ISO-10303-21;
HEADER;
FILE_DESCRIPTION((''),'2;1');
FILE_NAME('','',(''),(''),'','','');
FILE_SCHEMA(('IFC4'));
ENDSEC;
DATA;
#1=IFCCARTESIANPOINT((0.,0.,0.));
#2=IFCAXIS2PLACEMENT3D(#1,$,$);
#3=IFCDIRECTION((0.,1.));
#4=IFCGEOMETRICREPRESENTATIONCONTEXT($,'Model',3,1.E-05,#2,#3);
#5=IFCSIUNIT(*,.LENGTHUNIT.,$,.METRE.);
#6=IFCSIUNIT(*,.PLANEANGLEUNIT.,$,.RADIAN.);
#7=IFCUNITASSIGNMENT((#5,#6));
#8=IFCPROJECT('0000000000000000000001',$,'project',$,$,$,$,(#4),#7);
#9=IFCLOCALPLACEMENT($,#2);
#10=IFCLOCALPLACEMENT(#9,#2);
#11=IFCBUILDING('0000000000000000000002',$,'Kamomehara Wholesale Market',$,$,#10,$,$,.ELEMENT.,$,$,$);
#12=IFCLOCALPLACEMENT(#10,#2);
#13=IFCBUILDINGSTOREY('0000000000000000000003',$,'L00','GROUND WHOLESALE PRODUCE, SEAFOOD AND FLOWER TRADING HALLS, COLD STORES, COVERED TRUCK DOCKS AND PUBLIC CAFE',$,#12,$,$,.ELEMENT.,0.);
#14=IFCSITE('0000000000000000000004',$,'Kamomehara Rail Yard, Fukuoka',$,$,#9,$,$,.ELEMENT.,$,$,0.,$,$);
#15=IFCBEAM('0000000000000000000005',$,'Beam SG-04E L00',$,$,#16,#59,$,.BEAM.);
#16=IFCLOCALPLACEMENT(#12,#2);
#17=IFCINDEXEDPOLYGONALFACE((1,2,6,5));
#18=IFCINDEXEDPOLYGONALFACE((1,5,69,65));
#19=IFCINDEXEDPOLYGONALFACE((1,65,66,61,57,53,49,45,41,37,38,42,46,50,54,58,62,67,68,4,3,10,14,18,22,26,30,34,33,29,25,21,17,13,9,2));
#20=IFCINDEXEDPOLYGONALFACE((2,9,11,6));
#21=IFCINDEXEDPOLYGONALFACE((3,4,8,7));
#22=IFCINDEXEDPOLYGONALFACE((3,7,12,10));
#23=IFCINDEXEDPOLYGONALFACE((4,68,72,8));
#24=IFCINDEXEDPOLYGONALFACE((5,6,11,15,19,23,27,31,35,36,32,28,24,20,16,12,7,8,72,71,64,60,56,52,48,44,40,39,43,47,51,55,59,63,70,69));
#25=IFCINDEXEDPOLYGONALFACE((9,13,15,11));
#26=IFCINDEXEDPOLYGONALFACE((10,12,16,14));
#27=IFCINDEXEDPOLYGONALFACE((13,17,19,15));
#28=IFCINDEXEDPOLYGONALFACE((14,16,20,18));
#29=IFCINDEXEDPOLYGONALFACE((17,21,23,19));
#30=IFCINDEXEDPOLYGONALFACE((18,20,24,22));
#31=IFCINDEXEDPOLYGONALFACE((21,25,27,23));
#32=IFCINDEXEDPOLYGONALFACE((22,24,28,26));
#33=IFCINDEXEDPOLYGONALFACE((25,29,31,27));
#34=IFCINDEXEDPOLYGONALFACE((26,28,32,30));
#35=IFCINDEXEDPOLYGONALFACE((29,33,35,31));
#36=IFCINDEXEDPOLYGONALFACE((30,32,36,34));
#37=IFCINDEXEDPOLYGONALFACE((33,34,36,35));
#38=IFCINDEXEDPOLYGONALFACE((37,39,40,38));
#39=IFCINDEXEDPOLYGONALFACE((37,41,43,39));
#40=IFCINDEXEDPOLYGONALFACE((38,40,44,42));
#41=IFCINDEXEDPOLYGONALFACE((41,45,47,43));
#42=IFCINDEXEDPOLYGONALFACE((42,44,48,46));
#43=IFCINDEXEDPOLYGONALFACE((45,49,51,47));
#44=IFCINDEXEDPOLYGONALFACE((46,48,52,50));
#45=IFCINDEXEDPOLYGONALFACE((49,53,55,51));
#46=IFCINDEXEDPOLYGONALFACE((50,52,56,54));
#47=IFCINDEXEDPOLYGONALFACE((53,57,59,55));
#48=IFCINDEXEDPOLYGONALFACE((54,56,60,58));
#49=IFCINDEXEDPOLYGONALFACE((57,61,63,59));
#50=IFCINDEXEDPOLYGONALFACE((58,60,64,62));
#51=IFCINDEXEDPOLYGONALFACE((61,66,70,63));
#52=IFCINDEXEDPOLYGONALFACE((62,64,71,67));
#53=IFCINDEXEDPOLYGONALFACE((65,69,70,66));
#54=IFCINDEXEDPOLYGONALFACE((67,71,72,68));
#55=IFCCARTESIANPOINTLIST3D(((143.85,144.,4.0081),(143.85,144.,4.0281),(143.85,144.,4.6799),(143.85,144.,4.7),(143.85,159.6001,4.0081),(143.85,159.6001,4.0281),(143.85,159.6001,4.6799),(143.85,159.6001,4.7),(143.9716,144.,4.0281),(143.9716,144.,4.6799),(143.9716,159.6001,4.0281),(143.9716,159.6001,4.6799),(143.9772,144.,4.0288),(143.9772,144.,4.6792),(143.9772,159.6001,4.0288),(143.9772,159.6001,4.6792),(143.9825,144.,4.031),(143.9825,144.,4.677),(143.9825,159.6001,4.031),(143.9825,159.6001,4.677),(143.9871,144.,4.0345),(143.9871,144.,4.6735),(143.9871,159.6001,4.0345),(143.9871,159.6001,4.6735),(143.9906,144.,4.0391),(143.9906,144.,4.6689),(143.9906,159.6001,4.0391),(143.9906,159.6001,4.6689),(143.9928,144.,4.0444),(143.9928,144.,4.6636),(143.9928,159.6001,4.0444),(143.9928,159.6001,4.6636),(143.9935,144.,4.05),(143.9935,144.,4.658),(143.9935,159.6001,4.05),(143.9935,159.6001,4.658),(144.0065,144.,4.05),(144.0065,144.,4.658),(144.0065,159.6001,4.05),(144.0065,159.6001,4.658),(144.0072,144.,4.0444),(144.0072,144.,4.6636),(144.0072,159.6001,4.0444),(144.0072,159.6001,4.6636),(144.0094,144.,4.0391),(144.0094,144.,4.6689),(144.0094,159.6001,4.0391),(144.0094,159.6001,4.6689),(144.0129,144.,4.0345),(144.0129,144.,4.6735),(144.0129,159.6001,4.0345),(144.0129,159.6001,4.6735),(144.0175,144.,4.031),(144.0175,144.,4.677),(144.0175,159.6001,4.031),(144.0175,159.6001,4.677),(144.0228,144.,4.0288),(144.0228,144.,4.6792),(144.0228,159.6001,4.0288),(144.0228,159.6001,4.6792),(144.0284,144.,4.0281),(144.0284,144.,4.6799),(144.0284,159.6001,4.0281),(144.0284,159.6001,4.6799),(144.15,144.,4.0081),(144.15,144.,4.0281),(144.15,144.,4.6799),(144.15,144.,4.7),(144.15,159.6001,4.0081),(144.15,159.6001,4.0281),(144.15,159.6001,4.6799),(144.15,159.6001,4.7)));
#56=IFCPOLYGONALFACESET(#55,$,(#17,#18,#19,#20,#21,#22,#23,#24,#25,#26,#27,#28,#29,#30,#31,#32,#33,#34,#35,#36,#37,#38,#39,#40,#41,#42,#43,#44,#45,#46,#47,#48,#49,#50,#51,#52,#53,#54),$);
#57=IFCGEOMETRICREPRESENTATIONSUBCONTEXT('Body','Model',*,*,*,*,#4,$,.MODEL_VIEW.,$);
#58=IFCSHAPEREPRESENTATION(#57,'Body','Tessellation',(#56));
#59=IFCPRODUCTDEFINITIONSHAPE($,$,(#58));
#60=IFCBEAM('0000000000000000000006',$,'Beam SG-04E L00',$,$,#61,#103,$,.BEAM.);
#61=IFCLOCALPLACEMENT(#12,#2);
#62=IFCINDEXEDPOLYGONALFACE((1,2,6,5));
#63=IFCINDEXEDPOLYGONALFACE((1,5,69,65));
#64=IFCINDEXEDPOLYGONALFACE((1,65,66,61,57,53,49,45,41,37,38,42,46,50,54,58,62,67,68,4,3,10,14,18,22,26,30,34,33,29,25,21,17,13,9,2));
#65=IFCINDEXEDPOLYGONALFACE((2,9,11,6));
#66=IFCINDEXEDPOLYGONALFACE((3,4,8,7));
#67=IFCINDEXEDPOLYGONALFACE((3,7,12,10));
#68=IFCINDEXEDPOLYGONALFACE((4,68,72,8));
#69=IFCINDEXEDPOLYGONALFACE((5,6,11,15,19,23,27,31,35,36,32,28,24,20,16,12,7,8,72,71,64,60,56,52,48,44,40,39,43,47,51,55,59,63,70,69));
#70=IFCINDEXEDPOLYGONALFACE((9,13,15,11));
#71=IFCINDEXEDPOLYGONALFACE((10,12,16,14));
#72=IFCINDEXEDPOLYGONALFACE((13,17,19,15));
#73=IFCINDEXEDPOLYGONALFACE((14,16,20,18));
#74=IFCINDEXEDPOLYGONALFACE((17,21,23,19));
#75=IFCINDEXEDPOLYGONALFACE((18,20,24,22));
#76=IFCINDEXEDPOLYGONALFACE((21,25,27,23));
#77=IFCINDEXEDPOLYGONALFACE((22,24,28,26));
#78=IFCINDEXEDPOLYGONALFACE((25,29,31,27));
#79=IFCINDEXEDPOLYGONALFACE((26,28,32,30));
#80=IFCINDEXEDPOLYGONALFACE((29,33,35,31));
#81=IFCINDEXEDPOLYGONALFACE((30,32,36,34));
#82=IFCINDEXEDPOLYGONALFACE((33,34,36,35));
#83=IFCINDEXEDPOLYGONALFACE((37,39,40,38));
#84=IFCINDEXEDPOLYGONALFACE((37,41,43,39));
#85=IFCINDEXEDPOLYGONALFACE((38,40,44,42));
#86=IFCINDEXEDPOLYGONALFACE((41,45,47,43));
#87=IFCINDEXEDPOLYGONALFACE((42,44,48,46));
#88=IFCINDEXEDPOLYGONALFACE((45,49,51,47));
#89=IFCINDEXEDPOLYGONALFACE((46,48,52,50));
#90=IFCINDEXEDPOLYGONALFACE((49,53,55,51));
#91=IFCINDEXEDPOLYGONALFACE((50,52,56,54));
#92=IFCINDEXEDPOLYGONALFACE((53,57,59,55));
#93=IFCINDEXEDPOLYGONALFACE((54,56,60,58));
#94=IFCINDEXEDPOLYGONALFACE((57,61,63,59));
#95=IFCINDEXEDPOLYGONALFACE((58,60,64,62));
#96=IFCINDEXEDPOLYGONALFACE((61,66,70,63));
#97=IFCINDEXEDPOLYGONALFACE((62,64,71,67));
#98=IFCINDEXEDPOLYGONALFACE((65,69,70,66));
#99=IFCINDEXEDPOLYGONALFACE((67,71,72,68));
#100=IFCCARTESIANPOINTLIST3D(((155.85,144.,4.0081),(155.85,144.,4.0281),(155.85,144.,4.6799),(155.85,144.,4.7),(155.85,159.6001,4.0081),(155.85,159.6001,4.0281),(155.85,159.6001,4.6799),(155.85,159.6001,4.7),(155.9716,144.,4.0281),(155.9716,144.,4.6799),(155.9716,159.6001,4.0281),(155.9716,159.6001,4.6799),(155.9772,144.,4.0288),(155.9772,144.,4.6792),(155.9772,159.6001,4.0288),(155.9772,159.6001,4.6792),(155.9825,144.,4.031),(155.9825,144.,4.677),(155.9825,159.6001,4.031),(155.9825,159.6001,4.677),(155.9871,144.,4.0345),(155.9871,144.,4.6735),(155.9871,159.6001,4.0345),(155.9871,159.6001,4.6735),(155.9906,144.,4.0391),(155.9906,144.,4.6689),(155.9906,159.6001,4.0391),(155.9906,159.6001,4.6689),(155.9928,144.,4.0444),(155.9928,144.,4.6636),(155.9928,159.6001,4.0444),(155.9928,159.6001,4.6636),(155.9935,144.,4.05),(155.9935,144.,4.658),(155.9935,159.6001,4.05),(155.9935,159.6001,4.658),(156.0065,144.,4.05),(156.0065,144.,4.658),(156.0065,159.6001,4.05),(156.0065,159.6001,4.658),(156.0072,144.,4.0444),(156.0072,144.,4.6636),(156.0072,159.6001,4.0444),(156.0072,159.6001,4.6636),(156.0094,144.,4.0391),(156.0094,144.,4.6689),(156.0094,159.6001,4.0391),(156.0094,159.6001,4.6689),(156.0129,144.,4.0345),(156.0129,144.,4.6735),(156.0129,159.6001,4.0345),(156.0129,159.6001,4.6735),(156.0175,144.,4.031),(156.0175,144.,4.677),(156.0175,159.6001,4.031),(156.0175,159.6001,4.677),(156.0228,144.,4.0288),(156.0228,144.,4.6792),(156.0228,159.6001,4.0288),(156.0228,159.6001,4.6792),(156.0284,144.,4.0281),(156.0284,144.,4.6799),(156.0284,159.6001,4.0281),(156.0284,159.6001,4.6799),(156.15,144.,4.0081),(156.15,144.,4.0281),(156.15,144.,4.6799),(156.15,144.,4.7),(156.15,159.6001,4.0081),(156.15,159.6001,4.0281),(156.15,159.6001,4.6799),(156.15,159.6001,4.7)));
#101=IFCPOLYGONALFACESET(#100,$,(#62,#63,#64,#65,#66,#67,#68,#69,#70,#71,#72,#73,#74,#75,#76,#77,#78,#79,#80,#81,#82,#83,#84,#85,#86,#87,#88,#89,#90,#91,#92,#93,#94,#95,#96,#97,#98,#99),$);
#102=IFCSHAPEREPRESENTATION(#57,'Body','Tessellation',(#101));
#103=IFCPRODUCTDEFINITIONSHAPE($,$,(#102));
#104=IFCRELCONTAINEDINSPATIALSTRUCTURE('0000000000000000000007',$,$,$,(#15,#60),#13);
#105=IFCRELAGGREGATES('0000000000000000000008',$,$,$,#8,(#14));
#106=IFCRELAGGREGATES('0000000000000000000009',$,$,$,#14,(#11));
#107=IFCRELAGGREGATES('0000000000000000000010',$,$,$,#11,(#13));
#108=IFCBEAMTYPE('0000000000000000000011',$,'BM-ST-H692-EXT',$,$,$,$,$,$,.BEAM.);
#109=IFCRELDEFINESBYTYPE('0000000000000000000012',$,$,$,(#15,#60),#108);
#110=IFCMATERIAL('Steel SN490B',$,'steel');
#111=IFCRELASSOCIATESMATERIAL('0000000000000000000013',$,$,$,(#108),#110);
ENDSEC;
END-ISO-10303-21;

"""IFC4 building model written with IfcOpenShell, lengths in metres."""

from ifc_helpers import new_model, si_unit, direction, frame, origin, origin_2d, place, context, subcontext, project, spatial, i_section, extrude, material, material_profile, profile_set, type_object, element, save


model = new_model("IFC4")

# Units and contexts
model_context = context("Model", 3, precision=1e-05, world=origin(), true_north=direction((0.0, 1.0)))
body_context = subcontext(model_context, "Body", "Model", "MODEL_VIEW")
ifc_project = project(units=[si_unit("LENGTHUNIT", "METRE"), si_unit("PLANEANGLEUNIT", "RADIAN")], contexts=[model_context])

# Site, building, storey
site_placement = place(None, origin())
site = spatial("IfcSite", under=ifc_project, at=site_placement, Name="Kamomehara Rail Yard, Fukuoka", CompositionType="ELEMENT", RefElevation=0.0)
building_placement = place(site_placement, origin())
building = spatial("IfcBuilding", under=site, at=building_placement, Name="Kamomehara Wholesale Market", CompositionType="ELEMENT")
storey_placement = place(building_placement, origin())
storey = spatial("IfcBuildingStorey", under=building, at=storey_placement, Name="L00", Description="GROUND WHOLESALE PRODUCE, SEAFOOD AND FLOWER TRADING HALLS, COLD STORES, COVERED TRUCK DOCKS AND PUBLIC CAFE", CompositionType="ELEMENT", Elevation=0.0)

# Beams
ifc_material_1 = material(Name="Steel SN490B", Category="steel")
ifc_material_profile_1 = material_profile(ifc_material_1, i_section(OverallWidth=0.3, OverallDepth=0.6919, WebThickness=0.0129, FlangeThickness=0.02, FilletRadius=0.022, at=origin_2d()), Name="H-692x300x13x20")
ifc_profile_set_1 = profile_set([ifc_material_profile_1], Name="Steel SN490B")
beam_type = type_object("IfcBeamType", Name="BM-ST-H692-EXT", PredefinedType="BEAM", material=ifc_profile_set_1)
for number, where, z_axis, x_axis, name in (
    (1, (144.0, 144.0, 4.354), (0.0, 1.0, 0.0), (-1.0, 0.0, 0.0), "Beam SG-04E L00"),
    (2, (156.0, 144.0, 4.354), (0.0, 1.0, 0.0), (-1.0, 0.0, 0.0), "Beam SG-04E L00"),
):
    element("IfcBeam", number, at=place(storey_placement, frame(where, z_axis=z_axis, x_axis=x_axis)), inside=storey, type_object=beam_type, Name=name, PredefinedType="BEAM", context=body_context, shape_type="SweptSolid", body=[
        extrude(i_section(OverallWidth=0.3, OverallDepth=0.6919, WebThickness=0.0129, FlangeThickness=0.02, FilletRadius=0.022, at=origin_2d()), origin(), (0.0, 0.0, 1.0), 15.6001),
    ])

save(model, "model.ifc")
